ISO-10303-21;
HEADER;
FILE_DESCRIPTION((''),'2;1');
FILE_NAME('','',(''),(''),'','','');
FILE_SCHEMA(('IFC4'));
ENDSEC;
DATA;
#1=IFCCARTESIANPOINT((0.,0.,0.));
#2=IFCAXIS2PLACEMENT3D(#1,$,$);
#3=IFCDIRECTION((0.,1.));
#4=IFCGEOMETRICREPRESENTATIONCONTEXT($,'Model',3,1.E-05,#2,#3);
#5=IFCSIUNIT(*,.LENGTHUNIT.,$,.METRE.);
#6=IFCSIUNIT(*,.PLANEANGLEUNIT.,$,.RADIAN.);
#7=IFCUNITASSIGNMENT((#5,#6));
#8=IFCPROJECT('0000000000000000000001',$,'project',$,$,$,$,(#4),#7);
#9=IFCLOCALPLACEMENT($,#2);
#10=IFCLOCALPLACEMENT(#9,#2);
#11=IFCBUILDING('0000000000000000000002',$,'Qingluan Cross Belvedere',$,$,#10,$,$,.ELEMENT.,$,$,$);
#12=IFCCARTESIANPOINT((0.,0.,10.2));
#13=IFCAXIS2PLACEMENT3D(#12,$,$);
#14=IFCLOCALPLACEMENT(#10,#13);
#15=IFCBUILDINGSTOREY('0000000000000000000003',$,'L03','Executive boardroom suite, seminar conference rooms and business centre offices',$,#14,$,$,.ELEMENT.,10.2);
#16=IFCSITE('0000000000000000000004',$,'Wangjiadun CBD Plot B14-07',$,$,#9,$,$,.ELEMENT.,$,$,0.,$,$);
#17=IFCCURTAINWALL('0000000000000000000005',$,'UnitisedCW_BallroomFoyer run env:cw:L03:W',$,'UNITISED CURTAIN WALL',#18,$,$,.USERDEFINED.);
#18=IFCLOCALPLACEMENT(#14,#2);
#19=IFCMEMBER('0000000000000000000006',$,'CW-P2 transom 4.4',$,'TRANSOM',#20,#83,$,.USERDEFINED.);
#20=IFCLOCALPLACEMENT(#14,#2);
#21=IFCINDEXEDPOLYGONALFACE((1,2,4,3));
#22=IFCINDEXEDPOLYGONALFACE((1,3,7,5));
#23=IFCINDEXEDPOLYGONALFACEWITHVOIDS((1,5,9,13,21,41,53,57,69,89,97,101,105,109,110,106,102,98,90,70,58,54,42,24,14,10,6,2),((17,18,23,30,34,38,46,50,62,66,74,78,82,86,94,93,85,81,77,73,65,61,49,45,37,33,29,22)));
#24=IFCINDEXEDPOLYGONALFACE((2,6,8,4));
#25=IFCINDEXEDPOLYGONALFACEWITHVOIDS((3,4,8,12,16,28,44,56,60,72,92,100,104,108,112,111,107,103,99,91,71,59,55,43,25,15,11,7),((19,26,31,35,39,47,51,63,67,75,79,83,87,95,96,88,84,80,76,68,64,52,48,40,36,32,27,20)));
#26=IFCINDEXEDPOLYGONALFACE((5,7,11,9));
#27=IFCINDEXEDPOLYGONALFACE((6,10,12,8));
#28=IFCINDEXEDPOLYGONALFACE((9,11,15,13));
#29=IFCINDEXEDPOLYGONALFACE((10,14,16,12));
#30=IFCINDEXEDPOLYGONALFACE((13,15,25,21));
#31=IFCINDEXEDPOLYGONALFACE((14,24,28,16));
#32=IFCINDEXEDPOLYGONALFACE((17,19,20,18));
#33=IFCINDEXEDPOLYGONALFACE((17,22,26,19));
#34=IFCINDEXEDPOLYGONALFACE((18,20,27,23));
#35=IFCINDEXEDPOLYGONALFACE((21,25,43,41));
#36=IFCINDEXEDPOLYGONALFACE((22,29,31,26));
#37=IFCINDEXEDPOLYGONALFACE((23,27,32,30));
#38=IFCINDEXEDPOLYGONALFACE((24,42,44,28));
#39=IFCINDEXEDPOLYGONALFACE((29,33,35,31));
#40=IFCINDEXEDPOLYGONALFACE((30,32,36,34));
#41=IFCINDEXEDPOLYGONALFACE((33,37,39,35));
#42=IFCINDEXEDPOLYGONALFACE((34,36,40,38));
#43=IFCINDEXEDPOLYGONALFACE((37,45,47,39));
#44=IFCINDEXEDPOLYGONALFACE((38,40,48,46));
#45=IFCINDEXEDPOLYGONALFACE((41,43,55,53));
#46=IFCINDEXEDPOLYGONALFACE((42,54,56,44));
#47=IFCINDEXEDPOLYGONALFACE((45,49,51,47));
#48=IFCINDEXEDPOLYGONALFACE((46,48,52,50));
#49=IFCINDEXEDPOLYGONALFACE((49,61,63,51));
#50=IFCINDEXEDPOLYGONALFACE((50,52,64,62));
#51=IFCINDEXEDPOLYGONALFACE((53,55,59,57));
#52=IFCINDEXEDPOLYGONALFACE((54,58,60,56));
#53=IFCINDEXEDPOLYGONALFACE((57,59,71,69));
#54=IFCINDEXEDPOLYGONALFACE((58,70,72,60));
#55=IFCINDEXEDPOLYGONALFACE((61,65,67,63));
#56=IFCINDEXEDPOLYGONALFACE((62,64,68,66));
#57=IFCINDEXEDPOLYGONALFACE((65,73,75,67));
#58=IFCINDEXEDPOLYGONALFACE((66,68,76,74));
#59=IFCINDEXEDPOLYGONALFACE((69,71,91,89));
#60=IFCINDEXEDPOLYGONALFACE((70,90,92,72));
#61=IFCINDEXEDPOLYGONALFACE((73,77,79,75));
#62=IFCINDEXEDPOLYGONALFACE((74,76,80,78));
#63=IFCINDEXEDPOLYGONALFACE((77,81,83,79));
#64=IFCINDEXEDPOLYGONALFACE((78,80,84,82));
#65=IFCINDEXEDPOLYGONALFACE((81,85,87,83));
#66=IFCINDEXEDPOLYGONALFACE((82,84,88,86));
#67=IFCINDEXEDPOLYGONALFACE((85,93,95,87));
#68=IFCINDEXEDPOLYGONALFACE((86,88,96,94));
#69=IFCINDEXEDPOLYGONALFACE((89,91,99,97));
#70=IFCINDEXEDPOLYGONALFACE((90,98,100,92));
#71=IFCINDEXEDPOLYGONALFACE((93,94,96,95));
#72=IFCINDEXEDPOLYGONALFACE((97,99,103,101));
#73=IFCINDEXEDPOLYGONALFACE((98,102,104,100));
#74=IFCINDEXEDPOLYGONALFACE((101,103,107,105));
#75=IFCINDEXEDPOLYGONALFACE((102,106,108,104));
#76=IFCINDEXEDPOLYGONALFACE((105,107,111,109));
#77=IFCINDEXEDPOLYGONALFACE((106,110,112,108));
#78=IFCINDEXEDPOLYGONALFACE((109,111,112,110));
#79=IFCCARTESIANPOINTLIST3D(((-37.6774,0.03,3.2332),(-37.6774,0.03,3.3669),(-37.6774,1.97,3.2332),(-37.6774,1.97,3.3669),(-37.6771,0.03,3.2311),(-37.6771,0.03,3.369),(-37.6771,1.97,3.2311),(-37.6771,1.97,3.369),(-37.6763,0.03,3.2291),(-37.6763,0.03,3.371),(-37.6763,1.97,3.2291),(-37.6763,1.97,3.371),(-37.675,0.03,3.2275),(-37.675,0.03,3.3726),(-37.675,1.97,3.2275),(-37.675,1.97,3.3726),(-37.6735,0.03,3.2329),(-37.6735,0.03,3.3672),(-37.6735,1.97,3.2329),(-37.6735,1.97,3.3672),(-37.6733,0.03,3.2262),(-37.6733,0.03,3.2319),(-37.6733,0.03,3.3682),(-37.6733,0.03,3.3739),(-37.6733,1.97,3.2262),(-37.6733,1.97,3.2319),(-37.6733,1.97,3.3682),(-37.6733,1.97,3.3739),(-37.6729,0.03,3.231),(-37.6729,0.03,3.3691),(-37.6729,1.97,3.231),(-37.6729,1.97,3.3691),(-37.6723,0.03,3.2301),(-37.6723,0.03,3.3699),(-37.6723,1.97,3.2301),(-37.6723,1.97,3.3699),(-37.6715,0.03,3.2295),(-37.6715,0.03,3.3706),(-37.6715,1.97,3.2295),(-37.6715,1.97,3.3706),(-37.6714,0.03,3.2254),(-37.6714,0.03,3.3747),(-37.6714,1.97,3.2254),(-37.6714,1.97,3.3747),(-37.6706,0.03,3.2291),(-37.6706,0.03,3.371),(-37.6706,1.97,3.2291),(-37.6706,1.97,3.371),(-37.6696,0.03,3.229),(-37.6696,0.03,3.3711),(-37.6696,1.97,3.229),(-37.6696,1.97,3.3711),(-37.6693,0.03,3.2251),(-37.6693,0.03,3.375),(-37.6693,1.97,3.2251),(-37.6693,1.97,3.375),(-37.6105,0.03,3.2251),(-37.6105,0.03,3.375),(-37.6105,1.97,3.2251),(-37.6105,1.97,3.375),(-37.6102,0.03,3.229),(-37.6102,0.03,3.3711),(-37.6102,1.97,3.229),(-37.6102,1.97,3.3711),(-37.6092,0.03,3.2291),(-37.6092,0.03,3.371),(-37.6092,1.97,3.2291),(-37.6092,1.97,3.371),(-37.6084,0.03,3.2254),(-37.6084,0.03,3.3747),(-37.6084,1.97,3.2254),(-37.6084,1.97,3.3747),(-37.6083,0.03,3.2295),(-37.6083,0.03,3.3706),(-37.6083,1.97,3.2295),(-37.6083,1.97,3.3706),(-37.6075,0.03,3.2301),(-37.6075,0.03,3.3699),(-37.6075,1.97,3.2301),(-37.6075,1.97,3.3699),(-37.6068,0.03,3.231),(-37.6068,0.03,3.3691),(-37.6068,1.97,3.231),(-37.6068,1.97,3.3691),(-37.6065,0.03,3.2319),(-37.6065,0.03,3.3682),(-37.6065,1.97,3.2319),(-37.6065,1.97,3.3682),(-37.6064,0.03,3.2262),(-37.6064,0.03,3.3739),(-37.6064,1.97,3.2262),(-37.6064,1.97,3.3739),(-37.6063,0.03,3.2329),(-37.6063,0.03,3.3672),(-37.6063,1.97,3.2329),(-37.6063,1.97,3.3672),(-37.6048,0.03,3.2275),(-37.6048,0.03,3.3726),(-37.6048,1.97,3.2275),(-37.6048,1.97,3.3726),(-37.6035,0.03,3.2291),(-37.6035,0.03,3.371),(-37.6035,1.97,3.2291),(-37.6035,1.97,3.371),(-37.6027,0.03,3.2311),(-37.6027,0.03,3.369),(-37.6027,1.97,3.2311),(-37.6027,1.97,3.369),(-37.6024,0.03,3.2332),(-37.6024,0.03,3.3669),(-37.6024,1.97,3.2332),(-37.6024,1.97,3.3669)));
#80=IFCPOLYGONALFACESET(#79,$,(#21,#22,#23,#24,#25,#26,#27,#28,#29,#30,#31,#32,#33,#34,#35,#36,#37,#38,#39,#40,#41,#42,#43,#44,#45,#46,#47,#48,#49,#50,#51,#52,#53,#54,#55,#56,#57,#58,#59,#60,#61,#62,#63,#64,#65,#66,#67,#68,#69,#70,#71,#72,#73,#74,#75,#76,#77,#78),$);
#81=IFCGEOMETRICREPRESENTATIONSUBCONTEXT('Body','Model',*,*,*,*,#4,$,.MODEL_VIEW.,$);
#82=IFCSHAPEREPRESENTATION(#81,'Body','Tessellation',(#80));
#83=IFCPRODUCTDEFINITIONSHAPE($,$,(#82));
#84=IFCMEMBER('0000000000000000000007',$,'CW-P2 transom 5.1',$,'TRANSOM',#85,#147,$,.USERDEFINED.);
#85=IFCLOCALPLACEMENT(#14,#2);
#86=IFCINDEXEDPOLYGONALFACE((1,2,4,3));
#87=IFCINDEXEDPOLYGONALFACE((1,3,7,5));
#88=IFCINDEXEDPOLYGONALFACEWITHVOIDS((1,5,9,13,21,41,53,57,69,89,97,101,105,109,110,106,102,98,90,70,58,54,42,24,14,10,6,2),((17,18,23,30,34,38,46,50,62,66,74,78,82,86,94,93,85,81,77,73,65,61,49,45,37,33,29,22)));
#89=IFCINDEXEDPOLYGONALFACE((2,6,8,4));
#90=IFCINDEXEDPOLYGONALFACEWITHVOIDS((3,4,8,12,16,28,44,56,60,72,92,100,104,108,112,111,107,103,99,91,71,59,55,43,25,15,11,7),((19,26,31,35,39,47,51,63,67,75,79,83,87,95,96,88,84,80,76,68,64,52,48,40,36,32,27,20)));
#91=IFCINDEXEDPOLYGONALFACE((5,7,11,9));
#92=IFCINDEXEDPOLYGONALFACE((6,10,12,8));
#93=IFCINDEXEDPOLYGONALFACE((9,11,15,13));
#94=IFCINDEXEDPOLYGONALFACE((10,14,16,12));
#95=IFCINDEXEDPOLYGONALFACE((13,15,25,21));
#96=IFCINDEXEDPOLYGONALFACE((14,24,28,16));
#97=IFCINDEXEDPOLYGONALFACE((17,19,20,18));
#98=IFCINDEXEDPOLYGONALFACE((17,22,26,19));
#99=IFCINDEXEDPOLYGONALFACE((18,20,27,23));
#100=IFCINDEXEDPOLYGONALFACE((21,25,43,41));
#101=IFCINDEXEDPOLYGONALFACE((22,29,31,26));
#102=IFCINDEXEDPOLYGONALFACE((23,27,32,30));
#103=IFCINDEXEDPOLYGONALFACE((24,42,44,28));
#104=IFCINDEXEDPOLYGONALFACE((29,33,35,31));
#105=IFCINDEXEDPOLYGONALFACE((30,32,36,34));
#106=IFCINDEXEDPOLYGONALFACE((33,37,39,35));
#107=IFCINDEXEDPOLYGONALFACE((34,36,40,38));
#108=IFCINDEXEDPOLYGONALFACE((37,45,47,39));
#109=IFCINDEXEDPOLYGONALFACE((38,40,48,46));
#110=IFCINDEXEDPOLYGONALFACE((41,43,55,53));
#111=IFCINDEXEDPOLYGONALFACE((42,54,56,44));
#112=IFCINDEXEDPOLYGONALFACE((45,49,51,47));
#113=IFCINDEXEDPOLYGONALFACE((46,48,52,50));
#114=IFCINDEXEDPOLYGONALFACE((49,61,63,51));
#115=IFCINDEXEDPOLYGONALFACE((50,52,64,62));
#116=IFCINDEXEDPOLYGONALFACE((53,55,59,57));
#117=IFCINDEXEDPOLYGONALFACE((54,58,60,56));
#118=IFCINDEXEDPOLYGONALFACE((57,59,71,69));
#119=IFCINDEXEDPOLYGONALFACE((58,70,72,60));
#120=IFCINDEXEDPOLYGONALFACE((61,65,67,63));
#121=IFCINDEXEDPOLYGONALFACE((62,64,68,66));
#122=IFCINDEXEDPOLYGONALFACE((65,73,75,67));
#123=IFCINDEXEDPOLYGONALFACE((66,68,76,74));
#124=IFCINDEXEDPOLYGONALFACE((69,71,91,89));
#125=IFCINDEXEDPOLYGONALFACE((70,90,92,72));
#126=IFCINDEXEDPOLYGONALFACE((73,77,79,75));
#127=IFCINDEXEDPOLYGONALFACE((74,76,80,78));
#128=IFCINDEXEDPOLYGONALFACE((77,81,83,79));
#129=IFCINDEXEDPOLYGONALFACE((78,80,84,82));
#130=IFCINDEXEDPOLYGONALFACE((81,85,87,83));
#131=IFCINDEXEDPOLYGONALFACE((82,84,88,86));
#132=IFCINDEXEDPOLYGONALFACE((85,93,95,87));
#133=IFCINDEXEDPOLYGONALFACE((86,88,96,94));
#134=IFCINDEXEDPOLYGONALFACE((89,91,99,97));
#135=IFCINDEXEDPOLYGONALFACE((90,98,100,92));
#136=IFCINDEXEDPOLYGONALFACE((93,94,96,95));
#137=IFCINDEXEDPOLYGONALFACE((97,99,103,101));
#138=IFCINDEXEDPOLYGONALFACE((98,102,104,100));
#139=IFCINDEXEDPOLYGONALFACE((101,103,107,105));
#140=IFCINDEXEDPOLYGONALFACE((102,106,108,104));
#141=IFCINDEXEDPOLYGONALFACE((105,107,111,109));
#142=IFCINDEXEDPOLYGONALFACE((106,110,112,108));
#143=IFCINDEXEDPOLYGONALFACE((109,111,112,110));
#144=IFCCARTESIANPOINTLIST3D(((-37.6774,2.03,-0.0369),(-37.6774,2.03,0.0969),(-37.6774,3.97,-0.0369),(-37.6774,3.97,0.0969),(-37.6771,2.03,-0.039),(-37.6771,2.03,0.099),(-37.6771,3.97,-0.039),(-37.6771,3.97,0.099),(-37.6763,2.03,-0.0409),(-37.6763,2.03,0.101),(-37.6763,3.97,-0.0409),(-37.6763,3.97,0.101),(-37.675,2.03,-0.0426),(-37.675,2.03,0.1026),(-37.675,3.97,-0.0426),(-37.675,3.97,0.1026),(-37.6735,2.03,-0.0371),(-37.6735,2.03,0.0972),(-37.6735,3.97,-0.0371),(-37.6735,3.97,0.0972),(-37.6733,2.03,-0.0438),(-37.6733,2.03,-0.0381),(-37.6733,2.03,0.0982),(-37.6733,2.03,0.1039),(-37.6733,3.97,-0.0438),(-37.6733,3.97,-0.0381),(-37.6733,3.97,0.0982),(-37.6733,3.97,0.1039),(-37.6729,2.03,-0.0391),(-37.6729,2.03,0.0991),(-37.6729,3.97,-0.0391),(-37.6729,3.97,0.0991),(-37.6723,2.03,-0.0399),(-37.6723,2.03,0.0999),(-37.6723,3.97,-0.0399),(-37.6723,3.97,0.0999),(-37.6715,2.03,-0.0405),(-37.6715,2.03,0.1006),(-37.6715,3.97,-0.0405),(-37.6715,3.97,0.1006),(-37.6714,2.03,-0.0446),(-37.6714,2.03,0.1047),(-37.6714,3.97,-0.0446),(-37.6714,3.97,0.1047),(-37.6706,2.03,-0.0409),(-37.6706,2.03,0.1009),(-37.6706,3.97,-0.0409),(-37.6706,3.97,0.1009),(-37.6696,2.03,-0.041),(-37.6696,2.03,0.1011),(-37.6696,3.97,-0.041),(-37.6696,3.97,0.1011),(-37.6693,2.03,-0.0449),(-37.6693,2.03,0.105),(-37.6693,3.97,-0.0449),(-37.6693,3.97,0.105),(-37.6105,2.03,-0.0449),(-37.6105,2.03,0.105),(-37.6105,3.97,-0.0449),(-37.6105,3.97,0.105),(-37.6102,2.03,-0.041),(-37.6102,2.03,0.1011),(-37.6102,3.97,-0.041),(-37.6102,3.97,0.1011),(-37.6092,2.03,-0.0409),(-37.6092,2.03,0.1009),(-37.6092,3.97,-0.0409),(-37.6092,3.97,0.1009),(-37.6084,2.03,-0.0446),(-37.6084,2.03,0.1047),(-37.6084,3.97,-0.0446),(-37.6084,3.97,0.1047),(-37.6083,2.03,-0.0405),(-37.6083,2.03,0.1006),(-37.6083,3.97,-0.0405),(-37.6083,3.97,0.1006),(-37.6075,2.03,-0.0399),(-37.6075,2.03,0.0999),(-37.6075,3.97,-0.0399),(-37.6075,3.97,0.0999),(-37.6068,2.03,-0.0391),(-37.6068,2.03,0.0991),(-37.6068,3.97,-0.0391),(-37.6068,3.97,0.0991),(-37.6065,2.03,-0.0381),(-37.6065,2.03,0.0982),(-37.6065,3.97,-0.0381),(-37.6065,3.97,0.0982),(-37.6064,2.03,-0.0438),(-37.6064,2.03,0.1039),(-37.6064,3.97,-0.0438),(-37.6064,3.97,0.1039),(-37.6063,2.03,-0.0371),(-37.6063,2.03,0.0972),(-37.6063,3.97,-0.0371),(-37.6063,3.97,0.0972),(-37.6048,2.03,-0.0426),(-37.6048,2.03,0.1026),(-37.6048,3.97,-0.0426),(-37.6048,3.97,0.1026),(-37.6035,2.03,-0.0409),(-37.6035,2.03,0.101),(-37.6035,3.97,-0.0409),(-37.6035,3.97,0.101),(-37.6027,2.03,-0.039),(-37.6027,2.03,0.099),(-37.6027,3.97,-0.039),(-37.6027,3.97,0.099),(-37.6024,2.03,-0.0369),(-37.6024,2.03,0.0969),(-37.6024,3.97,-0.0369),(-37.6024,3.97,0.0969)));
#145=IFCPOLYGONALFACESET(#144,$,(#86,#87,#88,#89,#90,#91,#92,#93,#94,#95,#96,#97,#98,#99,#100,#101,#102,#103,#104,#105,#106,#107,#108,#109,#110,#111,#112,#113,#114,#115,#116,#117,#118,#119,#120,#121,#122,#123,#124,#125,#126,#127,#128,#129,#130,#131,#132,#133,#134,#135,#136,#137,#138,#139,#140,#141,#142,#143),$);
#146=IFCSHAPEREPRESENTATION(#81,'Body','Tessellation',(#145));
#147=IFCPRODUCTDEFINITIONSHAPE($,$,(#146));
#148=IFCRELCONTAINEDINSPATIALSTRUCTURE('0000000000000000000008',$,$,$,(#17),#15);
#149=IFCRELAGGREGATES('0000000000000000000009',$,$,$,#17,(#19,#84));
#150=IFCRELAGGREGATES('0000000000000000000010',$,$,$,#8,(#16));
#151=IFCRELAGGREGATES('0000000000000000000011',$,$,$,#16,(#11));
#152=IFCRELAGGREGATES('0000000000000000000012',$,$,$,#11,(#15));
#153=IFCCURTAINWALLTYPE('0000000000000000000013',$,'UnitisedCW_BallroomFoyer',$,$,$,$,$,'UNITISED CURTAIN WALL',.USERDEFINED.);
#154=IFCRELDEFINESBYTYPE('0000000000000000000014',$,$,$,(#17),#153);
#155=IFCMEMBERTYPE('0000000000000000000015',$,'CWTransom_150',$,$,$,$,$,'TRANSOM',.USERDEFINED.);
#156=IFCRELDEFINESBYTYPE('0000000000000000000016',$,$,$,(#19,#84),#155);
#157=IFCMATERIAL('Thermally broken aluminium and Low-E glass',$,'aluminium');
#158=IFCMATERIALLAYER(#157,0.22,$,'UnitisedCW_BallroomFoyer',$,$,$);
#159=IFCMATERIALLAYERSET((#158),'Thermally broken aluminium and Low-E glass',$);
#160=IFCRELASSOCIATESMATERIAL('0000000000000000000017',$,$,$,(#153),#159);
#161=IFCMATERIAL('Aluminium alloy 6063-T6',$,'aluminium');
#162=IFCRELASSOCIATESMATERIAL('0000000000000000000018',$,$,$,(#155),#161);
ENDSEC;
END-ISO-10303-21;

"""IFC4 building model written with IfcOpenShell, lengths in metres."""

from ifc_helpers import new_model, si_unit, direction, frame, origin, origin_2d, place, context, subcontext, project, spatial, hollow_rectangle, extrude, material, layer, layer_set, material_profile, profile_set, type_object, element, aggregate, save


model = new_model("IFC4")

# Units and contexts
model_context = context("Model", 3, precision=1e-05, world=origin(), true_north=direction((0.0, 1.0)))
body_context = subcontext(model_context, "Body", "Model", "MODEL_VIEW")
ifc_project = project(units=[si_unit("LENGTHUNIT", "METRE"), si_unit("PLANEANGLEUNIT", "RADIAN")], contexts=[model_context])

# Site, building, storey
site_placement = place(None, origin())
site = spatial("IfcSite", under=ifc_project, at=site_placement, Name="Wangjiadun CBD Plot B14-07", CompositionType="ELEMENT", RefElevation=0.0)
building_placement = place(site_placement, origin())
building = spatial("IfcBuilding", under=site, at=building_placement, Name="Qingluan Cross Belvedere", CompositionType="ELEMENT")
storey_placement = place(building_placement, frame((0.0, 0.0, 10.2)))
storey = spatial("IfcBuildingStorey", under=building, at=storey_placement, Name="L03", Description="Executive boardroom suite, seminar conference rooms and business centre offices", CompositionType="ELEMENT", Elevation=10.2)

# Curtain wall, members
ifc_material_1 = material(Name="Thermally broken aluminium and Low-E glass", Category="aluminium")
ifc_layer_1 = layer(ifc_material_1, 0.22, Name="UnitisedCW_BallroomFoyer")
ifc_layer_set_1 = layer_set([ifc_layer_1], Name="Thermally broken aluminium and Low-E glass")
curtain_wall_type = type_object("IfcCurtainWallType", Name="UnitisedCW_BallroomFoyer", ElementType="UNITISED CURTAIN WALL", PredefinedType="USERDEFINED", material=ifc_layer_set_1)
curtain_wall_placement = place(storey_placement, origin())
curtain_wall = element("IfcCurtainWall", 1, at=curtain_wall_placement, inside=storey, type_object=curtain_wall_type, Name="UnitisedCW_BallroomFoyer run env:cw:L03:W", ObjectType="UNITISED CURTAIN WALL", PredefinedType="USERDEFINED")
ifc_material_2 = material(Name="Aluminium alloy 6063-T6", Category="aluminium")
ifc_material_profile_1 = material_profile(ifc_material_2, hollow_rectangle(XDim=0.075, YDim=0.1499, WallThickness=0.0039, InnerFilletRadius=0.0039, OuterFilletRadius=0.0081, at=origin_2d()), Name="CWT150x75x4")
ifc_profile_set_1 = profile_set([ifc_material_profile_1], Name="Aluminium alloy 6063-T6")
member_type_1 = type_object("IfcMemberType", Name="CWTransom_150", ElementType="TRANSOM", PredefinedType="USERDEFINED", material=ifc_profile_set_1)
member_1_placement = place(storey_placement, frame((-37.6399, 0.03, 3.3), z_axis=(0.0, 1.0, 0.0), x_axis=(-1.0, 0.0, 0.0)))
member_1 = element("IfcMember", 2, at=member_1_placement, type_object=member_type_1, Name="CW-P2 transom 4.4", ObjectType="TRANSOM", PredefinedType="USERDEFINED", context=body_context, shape_type="SweptSolid", body=[
    extrude(hollow_rectangle(XDim=0.075, YDim=0.1499, WallThickness=0.0039, InnerFilletRadius=0.0039, OuterFilletRadius=0.0081, at=origin_2d()), origin(), (0.0, 0.0, 1.0), 1.9399),
])
member_2_placement = place(storey_placement, frame((-37.6399, 2.03, 0.03), z_axis=(0.0, 1.0, 0.0), x_axis=(-1.0, 0.0, 0.0)))
member_2 = element("IfcMember", 3, at=member_2_placement, type_object=member_type_1, Name="CW-P2 transom 5.1", ObjectType="TRANSOM", PredefinedType="USERDEFINED", context=body_context, shape_type="SweptSolid", body=[
    extrude(hollow_rectangle(XDim=0.075, YDim=0.1499, WallThickness=0.0039, InnerFilletRadius=0.0039, OuterFilletRadius=0.0081, at=origin_2d()), origin(), (0.0, 0.0, 1.0), 1.9399),
])
aggregate(curtain_wall, [member_1, member_2])

save(model, "model.ifc")
